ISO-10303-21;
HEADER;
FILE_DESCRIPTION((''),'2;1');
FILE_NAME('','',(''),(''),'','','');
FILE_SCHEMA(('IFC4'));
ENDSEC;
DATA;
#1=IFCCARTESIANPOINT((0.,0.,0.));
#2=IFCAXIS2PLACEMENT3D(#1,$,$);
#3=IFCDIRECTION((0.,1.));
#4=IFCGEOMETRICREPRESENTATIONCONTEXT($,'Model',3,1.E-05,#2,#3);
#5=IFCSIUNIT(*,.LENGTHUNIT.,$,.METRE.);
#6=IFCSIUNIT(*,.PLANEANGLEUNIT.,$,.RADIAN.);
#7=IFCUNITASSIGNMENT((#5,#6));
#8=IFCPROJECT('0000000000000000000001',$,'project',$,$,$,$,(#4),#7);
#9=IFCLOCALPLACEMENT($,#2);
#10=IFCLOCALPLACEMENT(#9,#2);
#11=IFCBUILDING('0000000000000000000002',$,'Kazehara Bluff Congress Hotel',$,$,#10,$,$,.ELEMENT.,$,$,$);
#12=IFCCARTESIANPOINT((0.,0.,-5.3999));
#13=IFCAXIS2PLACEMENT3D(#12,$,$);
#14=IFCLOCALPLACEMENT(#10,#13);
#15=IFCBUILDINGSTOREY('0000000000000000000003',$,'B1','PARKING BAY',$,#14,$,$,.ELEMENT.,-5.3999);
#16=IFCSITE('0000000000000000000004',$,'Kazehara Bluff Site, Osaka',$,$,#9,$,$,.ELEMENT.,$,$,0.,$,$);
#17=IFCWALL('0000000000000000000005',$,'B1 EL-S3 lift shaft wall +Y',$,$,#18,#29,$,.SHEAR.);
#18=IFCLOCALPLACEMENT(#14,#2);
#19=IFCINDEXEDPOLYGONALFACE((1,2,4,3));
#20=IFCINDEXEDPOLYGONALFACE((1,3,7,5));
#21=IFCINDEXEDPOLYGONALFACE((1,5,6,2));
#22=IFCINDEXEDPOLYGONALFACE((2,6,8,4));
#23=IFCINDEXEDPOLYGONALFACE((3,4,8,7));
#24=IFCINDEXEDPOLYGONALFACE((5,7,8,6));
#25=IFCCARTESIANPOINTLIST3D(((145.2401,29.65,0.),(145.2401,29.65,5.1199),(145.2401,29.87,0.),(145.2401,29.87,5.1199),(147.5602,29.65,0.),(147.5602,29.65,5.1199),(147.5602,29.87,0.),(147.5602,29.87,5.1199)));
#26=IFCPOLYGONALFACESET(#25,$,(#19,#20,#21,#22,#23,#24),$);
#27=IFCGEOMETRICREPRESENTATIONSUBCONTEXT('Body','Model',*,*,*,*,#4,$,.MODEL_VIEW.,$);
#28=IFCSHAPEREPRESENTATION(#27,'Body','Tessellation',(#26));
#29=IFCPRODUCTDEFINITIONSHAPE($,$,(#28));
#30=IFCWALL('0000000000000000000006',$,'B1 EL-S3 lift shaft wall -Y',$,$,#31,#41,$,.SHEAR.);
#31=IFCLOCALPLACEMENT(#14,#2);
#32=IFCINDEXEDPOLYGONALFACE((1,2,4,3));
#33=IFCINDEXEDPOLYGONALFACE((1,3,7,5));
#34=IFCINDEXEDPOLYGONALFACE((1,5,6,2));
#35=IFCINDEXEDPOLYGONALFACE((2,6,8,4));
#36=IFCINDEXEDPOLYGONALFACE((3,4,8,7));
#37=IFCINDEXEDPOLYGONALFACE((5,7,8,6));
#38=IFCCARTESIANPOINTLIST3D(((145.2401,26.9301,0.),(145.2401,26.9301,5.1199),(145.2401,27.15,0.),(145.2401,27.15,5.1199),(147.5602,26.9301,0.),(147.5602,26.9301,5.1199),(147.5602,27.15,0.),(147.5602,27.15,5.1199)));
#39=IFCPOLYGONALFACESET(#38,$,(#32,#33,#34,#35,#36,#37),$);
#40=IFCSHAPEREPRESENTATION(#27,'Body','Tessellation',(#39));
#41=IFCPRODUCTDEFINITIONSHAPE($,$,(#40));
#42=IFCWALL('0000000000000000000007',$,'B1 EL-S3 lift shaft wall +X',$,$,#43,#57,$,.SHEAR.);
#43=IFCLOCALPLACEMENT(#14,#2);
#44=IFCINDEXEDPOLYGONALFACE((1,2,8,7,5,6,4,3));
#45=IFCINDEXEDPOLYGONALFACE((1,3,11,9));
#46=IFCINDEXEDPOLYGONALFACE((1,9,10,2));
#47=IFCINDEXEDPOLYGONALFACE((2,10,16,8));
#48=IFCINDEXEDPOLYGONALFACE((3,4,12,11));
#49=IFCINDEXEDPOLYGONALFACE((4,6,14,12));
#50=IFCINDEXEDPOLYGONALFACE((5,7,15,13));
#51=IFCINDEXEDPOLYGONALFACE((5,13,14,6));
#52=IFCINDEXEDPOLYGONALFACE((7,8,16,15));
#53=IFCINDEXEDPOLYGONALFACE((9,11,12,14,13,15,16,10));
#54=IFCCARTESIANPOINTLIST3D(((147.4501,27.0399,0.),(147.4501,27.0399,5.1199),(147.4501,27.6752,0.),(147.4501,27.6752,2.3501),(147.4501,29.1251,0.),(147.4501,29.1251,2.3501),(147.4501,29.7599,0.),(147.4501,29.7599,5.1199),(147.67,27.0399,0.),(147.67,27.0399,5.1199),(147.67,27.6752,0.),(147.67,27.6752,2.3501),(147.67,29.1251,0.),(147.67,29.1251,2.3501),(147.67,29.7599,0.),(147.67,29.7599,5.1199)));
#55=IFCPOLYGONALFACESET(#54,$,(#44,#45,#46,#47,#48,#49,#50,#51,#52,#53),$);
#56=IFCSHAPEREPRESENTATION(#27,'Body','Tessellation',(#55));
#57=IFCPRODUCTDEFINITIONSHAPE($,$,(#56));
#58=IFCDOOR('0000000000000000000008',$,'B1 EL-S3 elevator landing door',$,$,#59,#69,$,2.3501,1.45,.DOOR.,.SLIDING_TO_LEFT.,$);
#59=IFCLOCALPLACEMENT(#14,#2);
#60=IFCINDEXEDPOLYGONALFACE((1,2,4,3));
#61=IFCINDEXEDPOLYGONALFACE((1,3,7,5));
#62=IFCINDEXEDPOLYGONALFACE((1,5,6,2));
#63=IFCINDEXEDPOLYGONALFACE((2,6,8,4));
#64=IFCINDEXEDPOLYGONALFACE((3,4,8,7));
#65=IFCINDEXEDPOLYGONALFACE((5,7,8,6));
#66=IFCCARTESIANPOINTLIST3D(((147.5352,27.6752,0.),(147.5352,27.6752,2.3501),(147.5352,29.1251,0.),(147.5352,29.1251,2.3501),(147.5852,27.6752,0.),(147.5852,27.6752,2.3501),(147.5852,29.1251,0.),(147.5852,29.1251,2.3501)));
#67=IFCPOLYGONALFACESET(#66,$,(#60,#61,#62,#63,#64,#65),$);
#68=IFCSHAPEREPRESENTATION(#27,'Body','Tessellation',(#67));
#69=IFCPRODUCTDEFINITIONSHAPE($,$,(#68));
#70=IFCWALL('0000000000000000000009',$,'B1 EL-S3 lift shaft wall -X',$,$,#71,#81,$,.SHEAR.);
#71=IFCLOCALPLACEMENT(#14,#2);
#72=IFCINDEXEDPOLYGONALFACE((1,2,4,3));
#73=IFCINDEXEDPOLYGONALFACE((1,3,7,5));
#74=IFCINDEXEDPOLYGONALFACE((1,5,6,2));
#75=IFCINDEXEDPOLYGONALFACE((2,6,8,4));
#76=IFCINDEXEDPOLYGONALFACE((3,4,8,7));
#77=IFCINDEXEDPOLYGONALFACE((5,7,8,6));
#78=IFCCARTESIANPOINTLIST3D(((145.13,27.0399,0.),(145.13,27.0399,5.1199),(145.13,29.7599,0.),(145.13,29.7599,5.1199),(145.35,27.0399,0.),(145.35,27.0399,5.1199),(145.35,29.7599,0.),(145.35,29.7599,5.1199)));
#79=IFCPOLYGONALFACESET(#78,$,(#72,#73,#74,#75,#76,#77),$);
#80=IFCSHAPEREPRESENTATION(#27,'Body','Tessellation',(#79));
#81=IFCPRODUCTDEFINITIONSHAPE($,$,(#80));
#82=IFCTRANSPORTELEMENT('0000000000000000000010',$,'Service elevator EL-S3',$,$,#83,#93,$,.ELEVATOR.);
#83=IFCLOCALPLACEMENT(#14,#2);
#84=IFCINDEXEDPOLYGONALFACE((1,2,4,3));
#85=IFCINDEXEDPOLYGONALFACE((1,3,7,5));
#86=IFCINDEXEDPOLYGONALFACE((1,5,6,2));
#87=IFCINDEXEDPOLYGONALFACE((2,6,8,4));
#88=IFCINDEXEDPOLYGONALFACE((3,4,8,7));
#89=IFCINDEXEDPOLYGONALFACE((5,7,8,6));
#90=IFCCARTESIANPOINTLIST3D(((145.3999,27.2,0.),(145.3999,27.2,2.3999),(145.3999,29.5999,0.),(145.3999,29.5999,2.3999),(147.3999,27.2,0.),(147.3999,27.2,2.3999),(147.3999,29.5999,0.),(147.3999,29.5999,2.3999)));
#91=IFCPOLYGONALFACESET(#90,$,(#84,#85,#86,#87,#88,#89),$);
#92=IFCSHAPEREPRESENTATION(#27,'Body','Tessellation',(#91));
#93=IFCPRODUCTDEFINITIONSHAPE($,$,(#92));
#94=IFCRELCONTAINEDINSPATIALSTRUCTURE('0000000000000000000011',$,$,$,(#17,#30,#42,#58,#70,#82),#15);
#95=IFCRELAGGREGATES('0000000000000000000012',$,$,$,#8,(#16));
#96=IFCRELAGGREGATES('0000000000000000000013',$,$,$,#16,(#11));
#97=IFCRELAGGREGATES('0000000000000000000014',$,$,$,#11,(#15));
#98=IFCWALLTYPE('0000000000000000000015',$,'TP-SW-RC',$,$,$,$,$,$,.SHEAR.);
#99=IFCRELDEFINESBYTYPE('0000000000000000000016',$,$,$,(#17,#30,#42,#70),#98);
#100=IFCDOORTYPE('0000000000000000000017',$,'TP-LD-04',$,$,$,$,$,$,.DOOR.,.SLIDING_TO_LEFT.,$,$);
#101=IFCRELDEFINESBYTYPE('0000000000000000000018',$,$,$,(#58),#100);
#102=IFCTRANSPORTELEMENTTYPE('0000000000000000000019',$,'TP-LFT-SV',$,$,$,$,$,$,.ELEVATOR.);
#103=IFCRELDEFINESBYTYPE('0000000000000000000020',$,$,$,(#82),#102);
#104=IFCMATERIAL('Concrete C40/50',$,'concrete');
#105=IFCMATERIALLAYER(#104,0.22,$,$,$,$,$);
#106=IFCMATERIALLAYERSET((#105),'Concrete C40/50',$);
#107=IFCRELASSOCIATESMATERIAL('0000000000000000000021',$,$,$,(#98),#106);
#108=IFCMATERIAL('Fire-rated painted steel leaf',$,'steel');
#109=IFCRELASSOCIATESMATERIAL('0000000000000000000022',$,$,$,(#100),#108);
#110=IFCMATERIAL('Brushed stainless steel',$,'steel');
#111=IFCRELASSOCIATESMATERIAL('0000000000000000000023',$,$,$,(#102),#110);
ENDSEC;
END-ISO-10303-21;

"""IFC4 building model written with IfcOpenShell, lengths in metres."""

from ifc_helpers import new_model, si_unit, direction, frame, frame_2d, origin, origin_2d, place, context, subcontext, project, spatial, rectangle, extrude, material, layer, layer_set, type_object, element, fill, save


model = new_model("IFC4")

# Units and contexts
model_context = context("Model", 3, precision=1e-05, world=origin(), true_north=direction((0.0, 1.0)))
body_context = subcontext(model_context, "Body", "Model", "MODEL_VIEW")
ifc_project = project(units=[si_unit("LENGTHUNIT", "METRE"), si_unit("PLANEANGLEUNIT", "RADIAN")], contexts=[model_context])

# Site, building, storey
site_placement = place(None, origin())
site = spatial("IfcSite", under=ifc_project, at=site_placement, Name="Kazehara Bluff Site, Osaka", CompositionType="ELEMENT", RefElevation=0.0)
building_placement = place(site_placement, origin())
building = spatial("IfcBuilding", under=site, at=building_placement, Name="Kazehara Bluff Congress Hotel", CompositionType="ELEMENT")
storey_placement = place(building_placement, frame((0.0, 0.0, -5.3999)))
storey = spatial("IfcBuildingStorey", under=building, at=storey_placement, Name="B1", Description="PARKING BAY", CompositionType="ELEMENT", Elevation=-5.3999)

# Walls
ifc_material_1 = material(Name="Concrete C40/50", Category="concrete")
ifc_layer_1 = layer(ifc_material_1, 0.22)
ifc_layer_set_1 = layer_set([ifc_layer_1], Name="Concrete C40/50")
wall_type = type_object("IfcWallType", Name="TP-SW-RC", PredefinedType="SHEAR", material=ifc_layer_set_1)
for number, where, z_axis, x_axis, name in (
    (1, (145.24, 29.76, 0.0), (0.0, 0.0, 1.0), (1.0, 0.0, 0.0), "B1 EL-S3 lift shaft wall +Y"),
    (2, (145.24, 27.04, 0.0), (0.0, 0.0, 1.0), (1.0, 0.0, 0.0), "B1 EL-S3 lift shaft wall -Y"),
):
    element("IfcWall", number, at=place(storey_placement, frame(where, z_axis=z_axis, x_axis=x_axis)), inside=storey, type_object=wall_type, Name=name, PredefinedType="SHEAR", context=body_context, shape_type="SweptSolid", body=[
        extrude(rectangle(XDim=2.3201, YDim=0.22, at=frame_2d((1.1602, 0.0))), origin(), (0.0, 0.0, 1.0), 5.1199),
    ])

# Wall, opening, door
wall_1_placement = place(storey_placement, frame((147.5601, 27.04, 0.0), z_axis=(0.0, 0.0, 1.0), x_axis=(0.0, 1.0, 0.0)))
wall_1 = element("IfcWall", 3, at=wall_1_placement, inside=storey, type_object=wall_type, Name="B1 EL-S3 lift shaft wall +X", PredefinedType="SHEAR", context=body_context, shape_type="SweptSolid", body=[
    extrude(rectangle(XDim=2.72, YDim=0.22, at=frame_2d((1.3599, 0.0))), origin(), (0.0, 0.0, 1.0), 5.1199),
])
opening_placement = place(wall_1_placement, frame((0.635, 0.0, 0.0)))
opening = element("IfcOpeningElement", 4, at=opening_placement, cuts=wall_1, PredefinedType="OPENING", context=body_context, shape_type="SweptSolid", body=[
    extrude(rectangle(XDim=1.45, YDim=2.3501, at=frame_2d((0.7251, 1.175))), frame((0.0, 0.1199, 0.0), z_axis=(0.0, -1.0, 0.0), x_axis=(1.0, 0.0, 0.0)), (0.0, 0.0, 1.0), 0.24),
])
ifc_material_2 = material(Name="Fire-rated painted steel leaf", Category="steel")
door_type = type_object("IfcDoorType", Name="TP-LD-04", OperationType="SLIDING_TO_LEFT", PredefinedType="DOOR", material=ifc_material_2)
door_placement = place(opening_placement, origin())
door = element("IfcDoor", 5, at=door_placement, inside=storey, type_object=door_type, Name="B1 EL-S3 elevator landing door", OperationType="SLIDING_TO_LEFT", OverallHeight=2.3501, OverallWidth=1.45, PredefinedType="DOOR", context=body_context, shape_type="SweptSolid", body=[
    extrude(rectangle(XDim=1.45, YDim=2.3501, at=frame_2d((0.7251, 1.175))), frame((0.0, 0.0249, 0.0), z_axis=(0.0, -1.0, 0.0), x_axis=(1.0, 0.0, 0.0)), (0.0, 0.0, 1.0), 0.05),
])
fill(opening, door)

# Wall
wall_2_placement = place(storey_placement, frame((145.24, 27.04, 0.0), z_axis=(0.0, 0.0, 1.0), x_axis=(0.0, 1.0, 0.0)))
element("IfcWall", 6, at=wall_2_placement, inside=storey, type_object=wall_type, Name="B1 EL-S3 lift shaft wall -X", PredefinedType="SHEAR", context=body_context, shape_type="SweptSolid", body=[
    extrude(rectangle(XDim=2.72, YDim=0.22, at=frame_2d((1.3599, 0.0))), origin(), (0.0, 0.0, 1.0), 5.1199),
])

# Transport element
ifc_material_3 = material(Name="Brushed stainless steel", Category="steel")
transport_element_type = type_object("IfcTransportElementType", Name="TP-LFT-SV", PredefinedType="ELEVATOR", material=ifc_material_3)
transport_element_placement = place(storey_placement, frame((146.3999, 28.3999, 0.0), z_axis=(0.0, 0.0, 1.0), x_axis=(1.0, 0.0, 0.0)))
element("IfcTransportElement", 7, at=transport_element_placement, inside=storey, type_object=transport_element_type, Name="Service elevator EL-S3", PredefinedType="ELEVATOR", context=body_context, shape_type="SweptSolid", body=[
    extrude(rectangle(XDim=2.0, YDim=2.3999, at=origin_2d()), origin(), (0.0, 0.0, 1.0), 2.3999),
])

save(model, "model.ifc")
